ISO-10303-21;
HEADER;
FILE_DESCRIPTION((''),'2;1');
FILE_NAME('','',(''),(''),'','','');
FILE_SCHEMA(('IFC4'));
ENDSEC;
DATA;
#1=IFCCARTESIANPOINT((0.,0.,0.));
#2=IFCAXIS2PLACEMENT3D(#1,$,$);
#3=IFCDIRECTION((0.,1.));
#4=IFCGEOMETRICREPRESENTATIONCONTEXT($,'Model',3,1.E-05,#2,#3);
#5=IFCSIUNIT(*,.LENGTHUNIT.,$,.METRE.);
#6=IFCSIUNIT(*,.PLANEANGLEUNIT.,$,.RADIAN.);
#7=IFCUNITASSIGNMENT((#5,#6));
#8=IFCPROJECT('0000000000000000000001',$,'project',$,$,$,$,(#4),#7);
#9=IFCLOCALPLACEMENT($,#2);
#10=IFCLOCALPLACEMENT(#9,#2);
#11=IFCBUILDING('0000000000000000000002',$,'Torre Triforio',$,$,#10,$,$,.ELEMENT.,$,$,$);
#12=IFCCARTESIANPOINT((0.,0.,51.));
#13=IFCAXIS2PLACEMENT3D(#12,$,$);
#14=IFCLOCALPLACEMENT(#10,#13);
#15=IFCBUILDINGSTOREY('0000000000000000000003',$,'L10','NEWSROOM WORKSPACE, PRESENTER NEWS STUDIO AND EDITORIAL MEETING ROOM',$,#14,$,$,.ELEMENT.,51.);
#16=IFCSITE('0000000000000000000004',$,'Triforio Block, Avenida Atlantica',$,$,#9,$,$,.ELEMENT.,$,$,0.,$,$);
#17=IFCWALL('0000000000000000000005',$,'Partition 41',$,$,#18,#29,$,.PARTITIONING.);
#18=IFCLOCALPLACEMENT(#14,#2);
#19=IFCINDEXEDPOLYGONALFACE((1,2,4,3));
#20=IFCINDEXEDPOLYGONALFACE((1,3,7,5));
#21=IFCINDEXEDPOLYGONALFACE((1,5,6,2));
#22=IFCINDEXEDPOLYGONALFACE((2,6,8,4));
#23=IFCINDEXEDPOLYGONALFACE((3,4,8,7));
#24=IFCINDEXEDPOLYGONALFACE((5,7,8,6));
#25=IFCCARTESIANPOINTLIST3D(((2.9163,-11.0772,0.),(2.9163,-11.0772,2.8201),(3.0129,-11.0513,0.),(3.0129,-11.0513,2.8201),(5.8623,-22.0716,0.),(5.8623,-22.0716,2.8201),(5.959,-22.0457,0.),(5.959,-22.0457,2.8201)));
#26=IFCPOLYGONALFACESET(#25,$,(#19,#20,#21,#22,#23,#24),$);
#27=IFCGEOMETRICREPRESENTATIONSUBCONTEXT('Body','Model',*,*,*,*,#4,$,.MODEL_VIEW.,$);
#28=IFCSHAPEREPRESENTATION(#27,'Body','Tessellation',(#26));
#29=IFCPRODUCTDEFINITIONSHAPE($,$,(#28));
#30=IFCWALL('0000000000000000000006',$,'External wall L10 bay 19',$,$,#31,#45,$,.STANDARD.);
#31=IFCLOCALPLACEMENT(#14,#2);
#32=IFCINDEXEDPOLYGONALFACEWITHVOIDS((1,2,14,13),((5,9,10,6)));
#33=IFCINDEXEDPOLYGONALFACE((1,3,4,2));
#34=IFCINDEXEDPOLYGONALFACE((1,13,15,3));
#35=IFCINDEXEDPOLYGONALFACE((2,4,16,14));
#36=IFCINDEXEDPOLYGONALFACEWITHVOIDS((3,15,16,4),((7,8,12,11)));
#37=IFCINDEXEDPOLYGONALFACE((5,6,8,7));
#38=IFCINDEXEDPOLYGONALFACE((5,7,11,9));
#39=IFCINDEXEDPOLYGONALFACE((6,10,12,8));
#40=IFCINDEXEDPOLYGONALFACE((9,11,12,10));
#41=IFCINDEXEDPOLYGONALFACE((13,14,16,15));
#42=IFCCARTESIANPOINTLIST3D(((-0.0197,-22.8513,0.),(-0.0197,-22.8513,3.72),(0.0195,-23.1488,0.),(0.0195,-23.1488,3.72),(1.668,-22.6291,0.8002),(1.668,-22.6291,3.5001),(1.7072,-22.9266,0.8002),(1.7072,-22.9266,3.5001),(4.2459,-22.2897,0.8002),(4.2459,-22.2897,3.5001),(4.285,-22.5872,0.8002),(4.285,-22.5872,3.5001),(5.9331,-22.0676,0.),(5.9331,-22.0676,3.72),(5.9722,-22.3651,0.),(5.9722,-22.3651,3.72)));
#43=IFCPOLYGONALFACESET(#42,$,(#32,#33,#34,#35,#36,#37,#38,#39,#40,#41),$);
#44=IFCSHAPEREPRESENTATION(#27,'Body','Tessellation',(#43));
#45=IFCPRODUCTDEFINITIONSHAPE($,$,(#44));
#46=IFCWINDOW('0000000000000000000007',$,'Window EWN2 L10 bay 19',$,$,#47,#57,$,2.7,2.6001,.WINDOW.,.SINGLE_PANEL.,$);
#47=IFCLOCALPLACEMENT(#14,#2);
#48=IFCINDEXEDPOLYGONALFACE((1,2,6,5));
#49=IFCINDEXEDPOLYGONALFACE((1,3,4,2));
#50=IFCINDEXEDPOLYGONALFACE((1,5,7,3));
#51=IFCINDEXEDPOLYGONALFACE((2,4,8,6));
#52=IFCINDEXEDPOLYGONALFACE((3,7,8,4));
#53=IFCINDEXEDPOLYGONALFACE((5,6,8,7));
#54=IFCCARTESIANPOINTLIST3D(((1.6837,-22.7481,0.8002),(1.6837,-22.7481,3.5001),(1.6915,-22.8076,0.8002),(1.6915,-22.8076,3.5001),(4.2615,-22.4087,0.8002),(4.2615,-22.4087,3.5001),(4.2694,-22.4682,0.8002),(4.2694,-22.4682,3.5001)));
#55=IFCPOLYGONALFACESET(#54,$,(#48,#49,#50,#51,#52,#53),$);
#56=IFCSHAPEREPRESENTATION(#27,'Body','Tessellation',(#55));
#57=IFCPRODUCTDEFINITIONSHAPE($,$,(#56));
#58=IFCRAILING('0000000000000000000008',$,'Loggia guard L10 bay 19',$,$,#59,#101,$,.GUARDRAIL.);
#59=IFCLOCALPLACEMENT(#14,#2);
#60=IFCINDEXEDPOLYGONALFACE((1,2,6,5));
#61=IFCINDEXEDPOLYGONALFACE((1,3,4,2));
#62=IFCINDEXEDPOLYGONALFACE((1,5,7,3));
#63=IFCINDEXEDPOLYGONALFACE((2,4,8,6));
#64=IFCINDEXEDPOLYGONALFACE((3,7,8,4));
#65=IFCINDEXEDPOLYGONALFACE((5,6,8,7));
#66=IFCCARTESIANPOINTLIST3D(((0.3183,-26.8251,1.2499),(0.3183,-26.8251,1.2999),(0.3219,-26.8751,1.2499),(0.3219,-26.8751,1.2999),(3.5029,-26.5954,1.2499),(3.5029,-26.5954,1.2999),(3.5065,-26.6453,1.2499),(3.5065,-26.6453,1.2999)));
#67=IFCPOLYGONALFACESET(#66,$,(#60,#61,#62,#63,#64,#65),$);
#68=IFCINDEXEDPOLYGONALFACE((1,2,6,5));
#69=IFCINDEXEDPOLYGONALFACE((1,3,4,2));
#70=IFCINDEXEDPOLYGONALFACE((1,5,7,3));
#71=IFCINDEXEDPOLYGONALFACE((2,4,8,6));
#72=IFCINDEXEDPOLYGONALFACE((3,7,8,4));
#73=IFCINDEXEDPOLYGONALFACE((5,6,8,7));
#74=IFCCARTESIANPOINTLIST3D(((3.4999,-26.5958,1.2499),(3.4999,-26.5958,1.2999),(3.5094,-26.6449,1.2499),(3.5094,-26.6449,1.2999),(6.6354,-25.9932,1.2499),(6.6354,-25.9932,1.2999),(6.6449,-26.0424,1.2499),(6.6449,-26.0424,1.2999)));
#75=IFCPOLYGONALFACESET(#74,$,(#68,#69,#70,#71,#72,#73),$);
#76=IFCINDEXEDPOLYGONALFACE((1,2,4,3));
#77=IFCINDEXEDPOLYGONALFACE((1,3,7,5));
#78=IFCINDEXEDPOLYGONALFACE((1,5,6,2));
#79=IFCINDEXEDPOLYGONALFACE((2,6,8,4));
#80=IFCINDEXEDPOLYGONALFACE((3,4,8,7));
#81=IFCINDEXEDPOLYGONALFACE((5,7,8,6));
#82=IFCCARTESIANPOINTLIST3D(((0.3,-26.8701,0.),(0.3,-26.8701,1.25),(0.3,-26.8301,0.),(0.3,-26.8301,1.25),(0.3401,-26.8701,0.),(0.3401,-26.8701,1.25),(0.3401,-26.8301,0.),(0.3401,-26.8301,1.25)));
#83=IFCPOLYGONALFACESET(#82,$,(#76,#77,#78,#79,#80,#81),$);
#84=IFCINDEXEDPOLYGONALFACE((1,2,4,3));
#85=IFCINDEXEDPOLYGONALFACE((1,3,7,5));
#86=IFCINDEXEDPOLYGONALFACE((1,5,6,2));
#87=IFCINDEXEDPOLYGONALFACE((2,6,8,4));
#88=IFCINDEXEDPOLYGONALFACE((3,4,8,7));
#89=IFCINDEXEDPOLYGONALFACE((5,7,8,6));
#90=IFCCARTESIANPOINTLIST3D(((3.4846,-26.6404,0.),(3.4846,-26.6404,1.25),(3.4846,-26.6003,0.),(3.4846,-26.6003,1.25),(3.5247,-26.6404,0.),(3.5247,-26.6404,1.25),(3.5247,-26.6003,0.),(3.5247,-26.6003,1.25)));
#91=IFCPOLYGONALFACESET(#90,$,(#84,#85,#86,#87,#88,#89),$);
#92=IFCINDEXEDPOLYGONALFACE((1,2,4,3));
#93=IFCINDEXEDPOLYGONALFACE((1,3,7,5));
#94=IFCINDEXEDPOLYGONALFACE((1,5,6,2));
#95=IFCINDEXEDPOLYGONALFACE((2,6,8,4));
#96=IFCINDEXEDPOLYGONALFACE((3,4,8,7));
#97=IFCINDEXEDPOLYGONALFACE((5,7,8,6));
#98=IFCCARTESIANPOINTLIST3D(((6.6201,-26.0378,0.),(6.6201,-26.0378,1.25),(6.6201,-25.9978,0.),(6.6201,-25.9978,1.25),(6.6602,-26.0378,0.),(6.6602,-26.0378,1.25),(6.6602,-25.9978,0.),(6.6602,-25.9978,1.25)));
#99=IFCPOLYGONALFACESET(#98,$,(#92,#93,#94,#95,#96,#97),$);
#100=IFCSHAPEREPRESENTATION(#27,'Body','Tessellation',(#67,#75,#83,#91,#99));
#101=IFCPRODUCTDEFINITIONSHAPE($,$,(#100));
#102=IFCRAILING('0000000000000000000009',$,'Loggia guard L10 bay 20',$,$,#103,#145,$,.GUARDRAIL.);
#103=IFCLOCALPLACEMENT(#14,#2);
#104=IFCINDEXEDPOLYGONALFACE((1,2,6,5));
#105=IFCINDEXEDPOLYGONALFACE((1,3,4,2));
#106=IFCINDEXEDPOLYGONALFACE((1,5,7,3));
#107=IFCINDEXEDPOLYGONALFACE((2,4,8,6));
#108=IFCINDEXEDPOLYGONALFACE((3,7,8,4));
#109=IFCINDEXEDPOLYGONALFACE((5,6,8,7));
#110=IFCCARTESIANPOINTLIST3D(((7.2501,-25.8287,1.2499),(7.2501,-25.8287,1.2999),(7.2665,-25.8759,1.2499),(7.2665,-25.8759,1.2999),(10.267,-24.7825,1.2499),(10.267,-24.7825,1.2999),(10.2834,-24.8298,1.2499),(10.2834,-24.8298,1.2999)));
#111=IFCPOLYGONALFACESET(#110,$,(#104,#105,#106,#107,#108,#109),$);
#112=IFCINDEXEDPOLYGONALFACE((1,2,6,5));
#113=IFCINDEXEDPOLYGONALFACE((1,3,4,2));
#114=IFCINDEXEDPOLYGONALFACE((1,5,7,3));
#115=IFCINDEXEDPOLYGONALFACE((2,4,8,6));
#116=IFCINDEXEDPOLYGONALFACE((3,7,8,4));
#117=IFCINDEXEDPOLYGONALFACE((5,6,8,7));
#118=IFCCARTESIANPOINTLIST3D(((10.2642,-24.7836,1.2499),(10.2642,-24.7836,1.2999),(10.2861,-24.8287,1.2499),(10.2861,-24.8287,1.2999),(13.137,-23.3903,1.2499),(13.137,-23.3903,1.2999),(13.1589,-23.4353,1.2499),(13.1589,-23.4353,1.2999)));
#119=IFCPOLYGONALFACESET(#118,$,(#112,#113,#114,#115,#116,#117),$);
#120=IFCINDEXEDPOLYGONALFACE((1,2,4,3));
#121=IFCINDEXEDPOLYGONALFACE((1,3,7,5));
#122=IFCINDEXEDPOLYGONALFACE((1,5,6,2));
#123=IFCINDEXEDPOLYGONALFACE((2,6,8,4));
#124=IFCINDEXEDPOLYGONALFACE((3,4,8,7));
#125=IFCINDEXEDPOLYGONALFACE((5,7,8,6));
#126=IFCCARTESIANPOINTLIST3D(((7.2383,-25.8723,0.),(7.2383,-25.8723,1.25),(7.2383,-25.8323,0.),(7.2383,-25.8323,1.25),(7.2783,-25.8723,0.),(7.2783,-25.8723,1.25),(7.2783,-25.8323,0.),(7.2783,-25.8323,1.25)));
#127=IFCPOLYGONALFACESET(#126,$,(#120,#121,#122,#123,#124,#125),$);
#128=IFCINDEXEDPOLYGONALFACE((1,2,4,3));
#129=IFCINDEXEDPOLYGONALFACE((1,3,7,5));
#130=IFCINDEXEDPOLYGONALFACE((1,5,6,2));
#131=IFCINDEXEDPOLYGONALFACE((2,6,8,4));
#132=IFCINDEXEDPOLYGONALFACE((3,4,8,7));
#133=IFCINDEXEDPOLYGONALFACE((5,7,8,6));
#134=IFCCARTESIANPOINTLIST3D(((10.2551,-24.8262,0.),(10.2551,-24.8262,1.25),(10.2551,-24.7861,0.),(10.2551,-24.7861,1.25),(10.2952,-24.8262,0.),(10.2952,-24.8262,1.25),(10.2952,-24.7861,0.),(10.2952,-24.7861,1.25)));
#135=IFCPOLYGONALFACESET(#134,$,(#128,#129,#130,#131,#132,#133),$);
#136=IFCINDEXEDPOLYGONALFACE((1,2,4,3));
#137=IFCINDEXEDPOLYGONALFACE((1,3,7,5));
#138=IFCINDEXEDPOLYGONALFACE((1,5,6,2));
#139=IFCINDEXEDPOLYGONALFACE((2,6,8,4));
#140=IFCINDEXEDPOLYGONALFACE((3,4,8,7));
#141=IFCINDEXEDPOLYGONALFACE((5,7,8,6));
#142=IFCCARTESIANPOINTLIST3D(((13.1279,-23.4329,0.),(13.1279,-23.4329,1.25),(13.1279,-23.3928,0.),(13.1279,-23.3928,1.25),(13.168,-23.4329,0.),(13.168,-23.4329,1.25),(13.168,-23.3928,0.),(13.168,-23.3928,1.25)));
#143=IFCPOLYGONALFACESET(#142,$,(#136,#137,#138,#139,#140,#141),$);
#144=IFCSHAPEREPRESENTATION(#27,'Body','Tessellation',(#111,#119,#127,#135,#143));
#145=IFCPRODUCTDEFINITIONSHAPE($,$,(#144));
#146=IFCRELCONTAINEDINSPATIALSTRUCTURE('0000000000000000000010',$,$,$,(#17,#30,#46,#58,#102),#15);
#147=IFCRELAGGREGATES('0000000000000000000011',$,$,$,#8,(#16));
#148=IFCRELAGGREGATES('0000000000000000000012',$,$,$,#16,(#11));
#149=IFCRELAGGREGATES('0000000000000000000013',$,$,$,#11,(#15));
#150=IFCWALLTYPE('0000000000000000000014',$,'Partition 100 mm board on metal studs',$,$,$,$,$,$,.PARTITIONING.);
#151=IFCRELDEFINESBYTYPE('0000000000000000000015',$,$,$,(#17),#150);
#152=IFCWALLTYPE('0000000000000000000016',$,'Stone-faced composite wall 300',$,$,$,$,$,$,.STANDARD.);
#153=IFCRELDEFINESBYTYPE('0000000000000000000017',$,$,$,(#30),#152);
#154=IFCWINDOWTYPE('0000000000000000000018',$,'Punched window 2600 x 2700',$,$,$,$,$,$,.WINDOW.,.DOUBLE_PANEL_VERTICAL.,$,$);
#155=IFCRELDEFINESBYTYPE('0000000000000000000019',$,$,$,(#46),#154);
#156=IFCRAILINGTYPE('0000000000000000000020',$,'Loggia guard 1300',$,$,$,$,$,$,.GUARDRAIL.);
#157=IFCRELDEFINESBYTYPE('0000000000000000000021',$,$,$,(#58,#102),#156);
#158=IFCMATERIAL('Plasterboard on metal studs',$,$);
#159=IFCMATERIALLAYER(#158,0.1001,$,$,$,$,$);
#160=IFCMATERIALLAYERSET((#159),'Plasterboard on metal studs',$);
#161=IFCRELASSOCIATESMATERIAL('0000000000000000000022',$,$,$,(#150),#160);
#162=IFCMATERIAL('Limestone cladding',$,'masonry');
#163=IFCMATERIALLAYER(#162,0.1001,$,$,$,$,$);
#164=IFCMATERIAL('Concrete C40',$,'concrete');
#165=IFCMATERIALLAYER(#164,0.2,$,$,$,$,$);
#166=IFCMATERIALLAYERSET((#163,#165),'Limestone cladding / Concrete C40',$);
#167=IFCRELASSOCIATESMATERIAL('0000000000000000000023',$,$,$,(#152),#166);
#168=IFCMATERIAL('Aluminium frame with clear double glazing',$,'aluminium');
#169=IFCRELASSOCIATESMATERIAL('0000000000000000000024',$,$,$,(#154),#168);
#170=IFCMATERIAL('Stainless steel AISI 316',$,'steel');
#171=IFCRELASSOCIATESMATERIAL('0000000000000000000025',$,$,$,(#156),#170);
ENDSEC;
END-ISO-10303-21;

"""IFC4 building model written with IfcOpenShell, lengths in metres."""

from ifc_helpers import new_model, si_unit, direction, frame, frame_2d, origin, origin_2d, place, context, subcontext, project, spatial, rectangle, extrude, material, layer, layer_set, type_object, element, fill, save


model = new_model("IFC4")

# Units and contexts
model_context = context("Model", 3, precision=1e-05, world=origin(), true_north=direction((0.0, 1.0)))
body_context = subcontext(model_context, "Body", "Model", "MODEL_VIEW")
ifc_project = project(units=[si_unit("LENGTHUNIT", "METRE"), si_unit("PLANEANGLEUNIT", "RADIAN")], contexts=[model_context])

# Site, building, storey
site_placement = place(None, origin())
site = spatial("IfcSite", under=ifc_project, at=site_placement, Name="Triforio Block, Avenida Atlantica", CompositionType="ELEMENT", RefElevation=0.0)
building_placement = place(site_placement, origin())
building = spatial("IfcBuilding", under=site, at=building_placement, Name="Torre Triforio", CompositionType="ELEMENT")
storey_placement = place(building_placement, frame((0.0, 0.0, 51.0)))
storey = spatial("IfcBuildingStorey", under=building, at=storey_placement, Name="L10", Description="NEWSROOM WORKSPACE, PRESENTER NEWS STUDIO AND EDITORIAL MEETING ROOM", CompositionType="ELEMENT", Elevation=51.0)

# Shared definitions
ifc_material_1 = material(Name="Plasterboard on metal studs")

# Wall
ifc_layer_1 = layer(ifc_material_1, 0.1001)
ifc_layer_set_1 = layer_set([ifc_layer_1], Name="Plasterboard on metal studs")
wall_type_1 = type_object("IfcWallType", Name="Partition 100 mm board on metal studs", PredefinedType="PARTITIONING", material=ifc_layer_set_1)
wall_1_placement = place(storey_placement, frame((2.9646, -11.0642, 0.0), z_axis=(0.0, 0.0, 1.0), x_axis=(0.258828, -0.965923, 0.0)))
element("IfcWall", 1, at=wall_1_placement, inside=storey, type_object=wall_type_1, Name="Partition 41", PredefinedType="PARTITIONING", context=body_context, shape_type="SweptSolid", body=[
    extrude(rectangle(XDim=11.3823, YDim=0.1001, at=frame_2d((5.6912, 0.0))), origin(), (0.0, 0.0, 1.0), 2.8201),
])

# Wall, opening, window
ifc_material_2 = material(Name="Limestone cladding", Category="masonry")
ifc_layer_2 = layer(ifc_material_2, 0.1001)
ifc_material_3 = material(Name="Concrete C40", Category="concrete")
ifc_layer_3 = layer(ifc_material_3, 0.2)
ifc_layer_set_2 = layer_set([ifc_layer_2, ifc_layer_3], Name="Limestone cladding / Concrete C40")
wall_type_2 = type_object("IfcWallType", Name="Stone-faced composite wall 300", PredefinedType="STANDARD", material=ifc_layer_set_2)
wall_2_placement = place(storey_placement, frame((0.0, -23.0, 0.0), z_axis=(0.0, 0.0, 1.0), x_axis=(0.991445, 0.130523, 0.0)))
wall_2 = element("IfcWall", 2, at=wall_2_placement, inside=storey, type_object=wall_type_2, Name="External wall L10 bay 19", PredefinedType="STANDARD", context=body_context, shape_type="SweptSolid", body=[
    extrude(rectangle(XDim=6.0042, YDim=0.3, at=frame_2d((3.002, 0.0))), origin(), (0.0, 0.0, 1.0), 3.72),
])
opening_1_placement = place(wall_2_placement, frame((1.7021, 0.0, 0.8)))
opening_1 = element("IfcOpeningElement", 3, at=opening_1_placement, cuts=wall_2, PredefinedType="OPENING", context=body_context, shape_type="SweptSolid", body=[
    extrude(rectangle(XDim=2.6001, YDim=2.7, at=frame_2d((1.3, 1.3501))), frame((0.0, 0.1599, 0.0), z_axis=(0.0, -1.0, 0.0), x_axis=(1.0, 0.0, 0.0)), (0.0, 0.0, 1.0), 0.3201),
])
ifc_material_4 = material(Name="Aluminium frame with clear double glazing", Category="aluminium")
window_type_1 = type_object("IfcWindowType", Name="Punched window 2600 x 2700", PartitioningType="DOUBLE_PANEL_VERTICAL", PredefinedType="WINDOW", material=ifc_material_4)
window_1_placement = place(opening_1_placement, origin())
window_1 = element("IfcWindow", 4, at=window_1_placement, inside=storey, type_object=window_type_1, Name="Window EWN2 L10 bay 19", OverallHeight=2.7, OverallWidth=2.6001, PartitioningType="SINGLE_PANEL", PredefinedType="WINDOW", context=body_context, shape_type="SweptSolid", body=[
    extrude(rectangle(XDim=2.6001, YDim=2.7, at=frame_2d((1.3, 1.3501))), frame((0.0, 0.03, 0.0), z_axis=(0.0, -1.0, 0.0), x_axis=(1.0, 0.0, 0.0)), (0.0, 0.0, 1.0), 0.0601),
])
fill(opening_1, window_1)

# Railings
ifc_material_5 = material(Name="Stainless steel AISI 316", Category="steel")
railing_type = type_object("IfcRailingType", Name="Loggia guard 1300", PredefinedType="GUARDRAIL", material=ifc_material_5)
railing_1_placement = place(storey_placement, frame((0.3201, -26.8501, 0.0)))
element("IfcRailing", 5, at=railing_1_placement, inside=storey, type_object=railing_type, Name="Loggia guard L10 bay 19", PredefinedType="GUARDRAIL", context=body_context, shape_type="SweptSolid", body=[
    extrude(rectangle(XDim=0.05, YDim=0.05, at=origin_2d()), frame((0.0, 0.0, 1.2749), z_axis=(0.997408, 0.071953, 0.0), x_axis=(-0.071953, 0.997408, 0.0)), (0.0, 0.0, 1.0), 3.1929),
    extrude(rectangle(XDim=0.05, YDim=0.05, at=origin_2d()), frame((3.1846, 0.2297, 1.2749), z_axis=(0.982032, 0.188714, 0.0), x_axis=(-0.188714, 0.982032, 0.0)), (0.0, 0.0, 1.0), 3.1929),
    extrude(rectangle(XDim=0.04, YDim=0.04, at=origin_2d()), origin(), (0.0, 0.0, 1.0), 1.25),
    extrude(rectangle(XDim=0.04, YDim=0.04, at=origin_2d()), frame((3.1846, 0.2297, 0.0)), (0.0, 0.0, 1.0), 1.25),
    extrude(rectangle(XDim=0.04, YDim=0.04, at=origin_2d()), frame((6.3201, 0.8323, 0.0)), (0.0, 0.0, 1.0), 1.25),
])
railing_2_placement = place(storey_placement, frame((7.2583, -25.8523, 0.0)))
element("IfcRailing", 6, at=railing_2_placement, inside=storey, type_object=railing_type, Name="Loggia guard L10 bay 20", PredefinedType="GUARDRAIL", context=body_context, shape_type="SweptSolid", body=[
    extrude(rectangle(XDim=0.05, YDim=0.05, at=origin_2d()), frame((0.0, 0.0, 1.2749), z_axis=(0.944807, 0.327628, 0.0), x_axis=(-0.327628, 0.944807, 0.0)), (0.0, 0.0, 1.0), 3.1931),
    extrude(rectangle(XDim=0.05, YDim=0.05, at=origin_2d()), frame((3.0168, 1.0461, 1.2749), z_axis=(0.89976, 0.436384, 0.0), x_axis=(-0.436384, 0.89976, 0.0)), (0.0, 0.0, 1.0), 3.1929),
    extrude(rectangle(XDim=0.04, YDim=0.04, at=origin_2d()), origin(), (0.0, 0.0, 1.0), 1.25),
    extrude(rectangle(XDim=0.04, YDim=0.04, at=origin_2d()), frame((3.0168, 1.0461, 0.0)), (0.0, 0.0, 1.0), 1.25),
    extrude(rectangle(XDim=0.04, YDim=0.04, at=origin_2d()), frame((5.8896, 2.4395, 0.0)), (0.0, 0.0, 1.0), 1.25),
])

save(model, "model.ifc")
